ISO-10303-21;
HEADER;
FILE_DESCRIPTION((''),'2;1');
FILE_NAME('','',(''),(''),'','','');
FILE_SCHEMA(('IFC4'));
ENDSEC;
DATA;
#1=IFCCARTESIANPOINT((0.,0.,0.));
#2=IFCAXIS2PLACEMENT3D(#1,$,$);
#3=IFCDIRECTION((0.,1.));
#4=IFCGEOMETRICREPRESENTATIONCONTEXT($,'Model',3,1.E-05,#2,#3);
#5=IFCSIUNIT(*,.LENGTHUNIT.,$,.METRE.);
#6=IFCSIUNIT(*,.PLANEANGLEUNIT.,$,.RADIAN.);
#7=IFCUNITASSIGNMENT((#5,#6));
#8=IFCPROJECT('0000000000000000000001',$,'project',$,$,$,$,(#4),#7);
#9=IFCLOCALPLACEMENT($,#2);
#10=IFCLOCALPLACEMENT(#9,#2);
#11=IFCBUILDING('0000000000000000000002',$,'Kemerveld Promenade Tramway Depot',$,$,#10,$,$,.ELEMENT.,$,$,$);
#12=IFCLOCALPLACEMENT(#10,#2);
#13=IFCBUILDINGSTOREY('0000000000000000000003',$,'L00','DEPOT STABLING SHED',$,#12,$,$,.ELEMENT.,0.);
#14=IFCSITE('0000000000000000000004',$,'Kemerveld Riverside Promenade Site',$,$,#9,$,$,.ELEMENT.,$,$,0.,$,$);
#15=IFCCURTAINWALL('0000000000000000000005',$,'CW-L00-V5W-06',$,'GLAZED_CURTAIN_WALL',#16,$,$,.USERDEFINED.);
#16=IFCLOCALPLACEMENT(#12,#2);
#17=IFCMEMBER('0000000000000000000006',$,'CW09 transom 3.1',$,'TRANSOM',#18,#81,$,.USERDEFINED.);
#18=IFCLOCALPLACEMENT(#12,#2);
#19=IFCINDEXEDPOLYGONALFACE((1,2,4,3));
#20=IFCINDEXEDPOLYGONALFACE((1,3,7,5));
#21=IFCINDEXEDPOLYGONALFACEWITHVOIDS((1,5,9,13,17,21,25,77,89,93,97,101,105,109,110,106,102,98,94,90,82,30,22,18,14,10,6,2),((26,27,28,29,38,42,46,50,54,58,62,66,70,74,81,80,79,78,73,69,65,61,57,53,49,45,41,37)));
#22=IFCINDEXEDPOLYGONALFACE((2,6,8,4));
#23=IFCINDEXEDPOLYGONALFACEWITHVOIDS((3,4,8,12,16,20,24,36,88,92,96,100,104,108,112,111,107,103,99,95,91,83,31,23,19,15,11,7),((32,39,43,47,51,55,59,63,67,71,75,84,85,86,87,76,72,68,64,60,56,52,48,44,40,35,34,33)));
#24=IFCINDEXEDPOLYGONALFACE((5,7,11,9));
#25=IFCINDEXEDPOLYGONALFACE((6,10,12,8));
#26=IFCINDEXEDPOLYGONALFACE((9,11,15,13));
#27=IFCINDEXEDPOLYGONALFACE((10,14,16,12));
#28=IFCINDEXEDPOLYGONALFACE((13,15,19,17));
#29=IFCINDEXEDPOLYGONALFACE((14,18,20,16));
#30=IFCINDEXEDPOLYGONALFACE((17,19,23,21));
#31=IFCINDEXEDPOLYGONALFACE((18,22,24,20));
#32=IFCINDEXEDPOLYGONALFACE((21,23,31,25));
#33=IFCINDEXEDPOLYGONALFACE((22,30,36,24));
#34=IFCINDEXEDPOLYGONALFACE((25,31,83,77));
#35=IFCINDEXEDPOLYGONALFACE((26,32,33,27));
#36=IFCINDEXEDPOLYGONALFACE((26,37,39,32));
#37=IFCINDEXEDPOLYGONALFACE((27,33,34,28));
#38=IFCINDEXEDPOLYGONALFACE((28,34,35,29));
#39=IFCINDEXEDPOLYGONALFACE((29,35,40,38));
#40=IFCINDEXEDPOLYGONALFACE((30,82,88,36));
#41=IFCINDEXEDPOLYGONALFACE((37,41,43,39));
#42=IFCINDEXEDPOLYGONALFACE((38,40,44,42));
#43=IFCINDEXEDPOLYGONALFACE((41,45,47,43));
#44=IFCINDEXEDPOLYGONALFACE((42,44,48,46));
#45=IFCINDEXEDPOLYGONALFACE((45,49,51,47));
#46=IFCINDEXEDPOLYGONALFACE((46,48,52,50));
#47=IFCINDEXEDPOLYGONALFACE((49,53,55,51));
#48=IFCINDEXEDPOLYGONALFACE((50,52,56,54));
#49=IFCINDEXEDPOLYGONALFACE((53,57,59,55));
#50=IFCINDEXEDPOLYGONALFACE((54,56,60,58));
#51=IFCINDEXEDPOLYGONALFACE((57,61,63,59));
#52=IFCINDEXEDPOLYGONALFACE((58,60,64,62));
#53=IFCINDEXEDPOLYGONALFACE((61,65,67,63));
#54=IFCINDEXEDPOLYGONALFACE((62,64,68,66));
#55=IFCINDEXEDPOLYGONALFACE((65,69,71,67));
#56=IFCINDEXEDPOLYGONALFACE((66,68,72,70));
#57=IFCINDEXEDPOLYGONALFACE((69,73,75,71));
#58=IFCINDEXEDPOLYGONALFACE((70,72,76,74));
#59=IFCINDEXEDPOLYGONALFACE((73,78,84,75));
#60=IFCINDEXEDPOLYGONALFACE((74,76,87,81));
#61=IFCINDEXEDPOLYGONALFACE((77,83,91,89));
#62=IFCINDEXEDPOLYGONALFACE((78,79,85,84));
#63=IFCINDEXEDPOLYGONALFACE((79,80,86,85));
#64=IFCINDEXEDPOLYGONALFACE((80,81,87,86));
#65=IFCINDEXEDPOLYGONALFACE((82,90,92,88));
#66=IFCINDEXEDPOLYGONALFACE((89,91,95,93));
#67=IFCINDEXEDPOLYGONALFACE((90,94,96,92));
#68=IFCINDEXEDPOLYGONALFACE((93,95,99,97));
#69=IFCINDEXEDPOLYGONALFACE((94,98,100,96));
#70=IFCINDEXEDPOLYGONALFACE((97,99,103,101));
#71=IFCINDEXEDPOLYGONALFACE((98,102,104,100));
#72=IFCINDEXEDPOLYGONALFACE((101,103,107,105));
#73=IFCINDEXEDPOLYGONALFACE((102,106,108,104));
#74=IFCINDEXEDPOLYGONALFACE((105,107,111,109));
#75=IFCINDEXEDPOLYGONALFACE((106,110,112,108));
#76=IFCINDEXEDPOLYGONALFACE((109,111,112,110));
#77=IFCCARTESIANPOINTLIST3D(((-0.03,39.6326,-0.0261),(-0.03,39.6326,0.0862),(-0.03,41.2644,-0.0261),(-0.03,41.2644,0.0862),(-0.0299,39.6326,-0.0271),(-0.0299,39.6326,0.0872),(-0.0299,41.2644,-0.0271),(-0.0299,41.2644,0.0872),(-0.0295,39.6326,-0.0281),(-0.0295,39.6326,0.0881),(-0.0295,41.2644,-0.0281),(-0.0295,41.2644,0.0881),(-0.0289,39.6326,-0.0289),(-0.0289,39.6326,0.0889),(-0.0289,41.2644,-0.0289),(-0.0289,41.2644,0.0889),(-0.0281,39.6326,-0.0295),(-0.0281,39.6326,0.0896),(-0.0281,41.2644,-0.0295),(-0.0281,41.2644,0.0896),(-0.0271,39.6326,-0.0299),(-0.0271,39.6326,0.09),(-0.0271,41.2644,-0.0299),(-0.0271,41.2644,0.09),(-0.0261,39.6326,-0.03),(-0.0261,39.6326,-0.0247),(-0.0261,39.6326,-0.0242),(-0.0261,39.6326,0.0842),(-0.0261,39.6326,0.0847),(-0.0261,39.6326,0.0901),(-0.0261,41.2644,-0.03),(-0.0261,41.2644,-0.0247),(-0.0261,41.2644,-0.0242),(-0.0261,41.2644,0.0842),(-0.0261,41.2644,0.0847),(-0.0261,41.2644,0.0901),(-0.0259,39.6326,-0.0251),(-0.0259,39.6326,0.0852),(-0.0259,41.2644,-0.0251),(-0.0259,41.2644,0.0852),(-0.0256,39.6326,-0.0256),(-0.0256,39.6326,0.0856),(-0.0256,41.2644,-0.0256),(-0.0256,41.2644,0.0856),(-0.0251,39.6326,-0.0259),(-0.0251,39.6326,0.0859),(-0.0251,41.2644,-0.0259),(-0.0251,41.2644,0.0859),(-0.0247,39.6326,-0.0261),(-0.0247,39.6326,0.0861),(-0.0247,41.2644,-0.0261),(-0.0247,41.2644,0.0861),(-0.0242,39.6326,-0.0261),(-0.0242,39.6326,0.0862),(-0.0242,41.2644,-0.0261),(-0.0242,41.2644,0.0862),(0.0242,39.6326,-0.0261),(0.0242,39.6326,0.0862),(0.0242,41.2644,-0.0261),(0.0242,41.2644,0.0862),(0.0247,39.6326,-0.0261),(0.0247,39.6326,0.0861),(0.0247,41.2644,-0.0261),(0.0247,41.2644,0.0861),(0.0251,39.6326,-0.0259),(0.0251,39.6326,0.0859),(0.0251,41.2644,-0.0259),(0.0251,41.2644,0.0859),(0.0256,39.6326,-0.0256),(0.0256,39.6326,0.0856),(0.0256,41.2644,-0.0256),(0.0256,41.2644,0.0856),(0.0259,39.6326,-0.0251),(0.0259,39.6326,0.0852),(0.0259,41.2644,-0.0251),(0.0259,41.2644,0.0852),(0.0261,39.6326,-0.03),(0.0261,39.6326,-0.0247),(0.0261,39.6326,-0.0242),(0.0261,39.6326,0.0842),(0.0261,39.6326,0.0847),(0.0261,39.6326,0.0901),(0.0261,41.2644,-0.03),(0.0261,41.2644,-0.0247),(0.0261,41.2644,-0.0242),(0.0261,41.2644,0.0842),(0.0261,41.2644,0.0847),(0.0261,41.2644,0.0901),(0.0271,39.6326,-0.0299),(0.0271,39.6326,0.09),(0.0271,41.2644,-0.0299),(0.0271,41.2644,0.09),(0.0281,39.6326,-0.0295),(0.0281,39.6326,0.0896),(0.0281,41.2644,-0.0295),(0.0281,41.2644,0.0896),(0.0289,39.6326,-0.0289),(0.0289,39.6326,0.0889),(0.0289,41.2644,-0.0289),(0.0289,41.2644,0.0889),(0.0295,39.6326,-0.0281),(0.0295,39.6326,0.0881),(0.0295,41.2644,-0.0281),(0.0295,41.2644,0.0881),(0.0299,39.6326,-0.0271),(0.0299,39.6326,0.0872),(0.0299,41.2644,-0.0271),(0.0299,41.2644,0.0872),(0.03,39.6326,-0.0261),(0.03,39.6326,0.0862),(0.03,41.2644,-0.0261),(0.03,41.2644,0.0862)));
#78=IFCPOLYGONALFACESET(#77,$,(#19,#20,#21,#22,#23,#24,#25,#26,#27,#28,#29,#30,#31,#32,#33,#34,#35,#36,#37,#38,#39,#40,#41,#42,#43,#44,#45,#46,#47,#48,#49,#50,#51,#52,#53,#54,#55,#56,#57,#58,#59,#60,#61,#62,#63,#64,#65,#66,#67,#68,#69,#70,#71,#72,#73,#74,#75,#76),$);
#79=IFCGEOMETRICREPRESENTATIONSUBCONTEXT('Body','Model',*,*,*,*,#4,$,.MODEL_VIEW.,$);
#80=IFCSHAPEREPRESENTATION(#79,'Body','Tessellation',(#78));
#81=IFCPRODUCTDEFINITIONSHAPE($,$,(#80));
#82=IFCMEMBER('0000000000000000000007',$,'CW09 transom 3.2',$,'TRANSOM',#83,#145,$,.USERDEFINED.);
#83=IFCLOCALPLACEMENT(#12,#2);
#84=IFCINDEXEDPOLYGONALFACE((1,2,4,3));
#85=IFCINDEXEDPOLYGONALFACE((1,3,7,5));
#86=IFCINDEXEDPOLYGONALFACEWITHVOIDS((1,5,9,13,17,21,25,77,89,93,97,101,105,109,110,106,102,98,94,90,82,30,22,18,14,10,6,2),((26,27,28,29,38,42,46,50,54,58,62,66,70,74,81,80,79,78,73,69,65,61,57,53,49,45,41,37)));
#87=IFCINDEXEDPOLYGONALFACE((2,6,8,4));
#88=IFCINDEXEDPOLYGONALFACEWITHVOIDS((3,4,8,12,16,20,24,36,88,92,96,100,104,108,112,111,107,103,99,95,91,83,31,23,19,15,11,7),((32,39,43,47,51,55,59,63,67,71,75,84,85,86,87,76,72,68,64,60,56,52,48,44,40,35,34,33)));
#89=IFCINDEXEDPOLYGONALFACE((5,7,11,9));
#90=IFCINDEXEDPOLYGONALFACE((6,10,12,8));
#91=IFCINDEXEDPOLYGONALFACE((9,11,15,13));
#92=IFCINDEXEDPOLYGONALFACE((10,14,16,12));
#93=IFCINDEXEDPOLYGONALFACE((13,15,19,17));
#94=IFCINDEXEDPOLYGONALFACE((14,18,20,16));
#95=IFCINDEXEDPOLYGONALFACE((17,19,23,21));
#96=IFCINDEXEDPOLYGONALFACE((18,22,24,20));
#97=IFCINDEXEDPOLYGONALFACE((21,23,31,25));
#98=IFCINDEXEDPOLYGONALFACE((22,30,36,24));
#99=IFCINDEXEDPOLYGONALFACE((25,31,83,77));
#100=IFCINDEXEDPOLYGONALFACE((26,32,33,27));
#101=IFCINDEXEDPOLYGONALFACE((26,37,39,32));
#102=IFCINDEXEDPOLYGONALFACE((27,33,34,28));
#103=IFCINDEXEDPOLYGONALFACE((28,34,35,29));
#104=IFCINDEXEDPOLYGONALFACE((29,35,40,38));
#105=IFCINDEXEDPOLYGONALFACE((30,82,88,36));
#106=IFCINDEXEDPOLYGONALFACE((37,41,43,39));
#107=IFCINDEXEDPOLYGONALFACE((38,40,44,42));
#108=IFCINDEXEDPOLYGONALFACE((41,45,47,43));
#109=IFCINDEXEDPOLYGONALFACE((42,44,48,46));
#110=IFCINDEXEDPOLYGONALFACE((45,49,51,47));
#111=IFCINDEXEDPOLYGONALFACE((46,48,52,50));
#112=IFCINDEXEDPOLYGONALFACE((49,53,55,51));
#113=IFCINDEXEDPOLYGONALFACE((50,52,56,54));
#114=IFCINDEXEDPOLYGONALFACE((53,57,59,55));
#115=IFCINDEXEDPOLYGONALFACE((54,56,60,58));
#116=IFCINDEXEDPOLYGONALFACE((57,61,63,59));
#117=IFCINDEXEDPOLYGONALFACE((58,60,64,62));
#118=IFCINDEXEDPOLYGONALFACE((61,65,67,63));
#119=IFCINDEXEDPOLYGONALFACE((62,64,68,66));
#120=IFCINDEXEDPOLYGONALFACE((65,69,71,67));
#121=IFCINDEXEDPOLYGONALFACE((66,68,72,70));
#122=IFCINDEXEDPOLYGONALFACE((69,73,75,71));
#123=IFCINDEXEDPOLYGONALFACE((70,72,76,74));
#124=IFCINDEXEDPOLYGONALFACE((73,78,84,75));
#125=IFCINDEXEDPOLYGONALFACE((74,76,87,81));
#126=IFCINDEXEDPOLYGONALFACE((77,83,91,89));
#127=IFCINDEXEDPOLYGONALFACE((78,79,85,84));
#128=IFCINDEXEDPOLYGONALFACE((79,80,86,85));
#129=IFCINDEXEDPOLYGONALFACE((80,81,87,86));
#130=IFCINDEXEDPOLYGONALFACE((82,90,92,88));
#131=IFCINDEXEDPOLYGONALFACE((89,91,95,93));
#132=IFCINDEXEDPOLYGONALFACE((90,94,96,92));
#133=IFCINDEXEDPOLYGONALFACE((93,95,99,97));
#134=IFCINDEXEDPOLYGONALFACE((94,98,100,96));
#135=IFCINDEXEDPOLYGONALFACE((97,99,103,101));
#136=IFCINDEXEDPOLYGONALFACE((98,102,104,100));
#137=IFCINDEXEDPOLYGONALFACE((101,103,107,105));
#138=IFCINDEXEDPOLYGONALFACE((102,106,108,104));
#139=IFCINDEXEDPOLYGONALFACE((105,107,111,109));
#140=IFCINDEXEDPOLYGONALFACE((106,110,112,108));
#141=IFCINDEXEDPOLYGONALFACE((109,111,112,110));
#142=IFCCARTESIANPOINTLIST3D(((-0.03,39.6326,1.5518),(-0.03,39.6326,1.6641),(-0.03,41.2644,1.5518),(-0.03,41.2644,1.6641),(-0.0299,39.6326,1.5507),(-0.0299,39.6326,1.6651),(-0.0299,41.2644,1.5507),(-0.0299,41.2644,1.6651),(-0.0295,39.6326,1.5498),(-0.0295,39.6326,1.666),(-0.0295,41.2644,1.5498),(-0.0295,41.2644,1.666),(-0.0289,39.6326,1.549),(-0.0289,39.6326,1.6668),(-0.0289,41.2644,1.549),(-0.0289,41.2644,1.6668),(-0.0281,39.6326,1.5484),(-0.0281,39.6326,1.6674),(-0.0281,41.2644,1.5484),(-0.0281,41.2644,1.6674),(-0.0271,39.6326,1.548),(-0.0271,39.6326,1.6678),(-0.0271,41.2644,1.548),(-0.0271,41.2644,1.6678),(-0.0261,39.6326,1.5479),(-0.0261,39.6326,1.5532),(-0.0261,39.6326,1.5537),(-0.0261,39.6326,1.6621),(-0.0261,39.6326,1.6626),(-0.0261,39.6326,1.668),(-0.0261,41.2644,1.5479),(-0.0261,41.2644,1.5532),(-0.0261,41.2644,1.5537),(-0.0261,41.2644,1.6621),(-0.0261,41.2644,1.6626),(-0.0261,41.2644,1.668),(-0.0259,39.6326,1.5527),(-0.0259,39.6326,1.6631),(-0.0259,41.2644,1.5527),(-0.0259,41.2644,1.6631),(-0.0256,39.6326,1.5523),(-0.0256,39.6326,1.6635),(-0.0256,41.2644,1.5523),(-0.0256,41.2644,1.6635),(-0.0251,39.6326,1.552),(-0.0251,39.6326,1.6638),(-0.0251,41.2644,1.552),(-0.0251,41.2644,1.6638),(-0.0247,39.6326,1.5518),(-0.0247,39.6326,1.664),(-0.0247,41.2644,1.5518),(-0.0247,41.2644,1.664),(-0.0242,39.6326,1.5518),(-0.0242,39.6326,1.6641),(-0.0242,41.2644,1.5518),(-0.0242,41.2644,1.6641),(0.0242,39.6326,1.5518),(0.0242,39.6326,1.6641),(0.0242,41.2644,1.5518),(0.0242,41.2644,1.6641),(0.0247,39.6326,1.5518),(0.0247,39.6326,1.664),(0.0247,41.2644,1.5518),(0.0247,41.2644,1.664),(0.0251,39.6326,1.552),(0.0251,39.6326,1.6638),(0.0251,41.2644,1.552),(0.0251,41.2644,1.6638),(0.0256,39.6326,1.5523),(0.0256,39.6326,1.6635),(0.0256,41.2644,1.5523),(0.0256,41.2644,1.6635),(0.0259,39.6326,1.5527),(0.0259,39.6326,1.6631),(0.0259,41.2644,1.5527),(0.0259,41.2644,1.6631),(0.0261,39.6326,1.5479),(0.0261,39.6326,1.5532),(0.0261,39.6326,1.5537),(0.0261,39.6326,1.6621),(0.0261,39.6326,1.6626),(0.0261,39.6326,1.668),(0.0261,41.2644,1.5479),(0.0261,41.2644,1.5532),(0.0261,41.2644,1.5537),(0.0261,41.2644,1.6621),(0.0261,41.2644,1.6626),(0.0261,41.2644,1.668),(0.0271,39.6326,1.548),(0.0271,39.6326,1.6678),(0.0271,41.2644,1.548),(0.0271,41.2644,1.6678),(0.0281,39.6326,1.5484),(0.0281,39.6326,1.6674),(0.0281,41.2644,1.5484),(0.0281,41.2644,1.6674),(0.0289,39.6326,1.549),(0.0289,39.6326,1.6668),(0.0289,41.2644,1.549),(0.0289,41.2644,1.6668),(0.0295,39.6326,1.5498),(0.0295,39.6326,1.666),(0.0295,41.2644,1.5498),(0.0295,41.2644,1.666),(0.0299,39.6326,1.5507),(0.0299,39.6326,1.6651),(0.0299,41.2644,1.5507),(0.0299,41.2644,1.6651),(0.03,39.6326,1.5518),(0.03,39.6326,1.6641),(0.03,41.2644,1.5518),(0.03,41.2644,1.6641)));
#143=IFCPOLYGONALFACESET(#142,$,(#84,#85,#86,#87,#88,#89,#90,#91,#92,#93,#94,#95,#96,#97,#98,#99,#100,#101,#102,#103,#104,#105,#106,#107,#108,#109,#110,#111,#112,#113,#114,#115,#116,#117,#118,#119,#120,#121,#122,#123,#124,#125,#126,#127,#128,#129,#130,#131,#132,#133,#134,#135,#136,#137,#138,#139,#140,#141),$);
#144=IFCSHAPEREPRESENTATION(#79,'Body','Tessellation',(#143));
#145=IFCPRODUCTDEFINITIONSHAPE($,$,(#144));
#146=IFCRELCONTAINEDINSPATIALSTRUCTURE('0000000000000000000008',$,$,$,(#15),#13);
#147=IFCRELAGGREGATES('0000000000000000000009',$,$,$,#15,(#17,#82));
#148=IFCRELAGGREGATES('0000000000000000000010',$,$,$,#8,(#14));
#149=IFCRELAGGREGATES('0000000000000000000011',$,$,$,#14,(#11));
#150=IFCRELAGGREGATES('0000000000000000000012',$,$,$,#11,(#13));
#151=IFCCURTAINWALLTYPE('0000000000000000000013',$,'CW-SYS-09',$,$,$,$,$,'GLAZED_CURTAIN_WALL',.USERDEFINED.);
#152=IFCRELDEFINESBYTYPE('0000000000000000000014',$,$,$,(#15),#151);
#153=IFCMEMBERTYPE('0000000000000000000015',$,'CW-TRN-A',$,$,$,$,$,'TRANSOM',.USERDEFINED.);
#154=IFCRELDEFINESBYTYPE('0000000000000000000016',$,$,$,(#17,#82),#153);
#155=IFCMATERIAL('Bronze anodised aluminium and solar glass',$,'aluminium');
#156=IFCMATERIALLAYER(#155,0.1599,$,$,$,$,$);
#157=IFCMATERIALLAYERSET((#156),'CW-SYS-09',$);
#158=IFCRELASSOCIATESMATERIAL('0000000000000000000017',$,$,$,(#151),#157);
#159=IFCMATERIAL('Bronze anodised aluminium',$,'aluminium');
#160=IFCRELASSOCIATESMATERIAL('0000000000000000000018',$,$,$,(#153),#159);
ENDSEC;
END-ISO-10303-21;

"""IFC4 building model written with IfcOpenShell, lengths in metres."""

from ifc_helpers import new_model, si_unit, direction, frame, origin, origin_2d, place, context, subcontext, project, spatial, hollow_rectangle, extrude, material, layer, layer_set, material_profile, profile_set, type_object, element, aggregate, save


model = new_model("IFC4")

# Units and contexts
model_context = context("Model", 3, precision=1e-05, world=origin(), true_north=direction((0.0, 1.0)))
body_context = subcontext(model_context, "Body", "Model", "MODEL_VIEW")
ifc_project = project(units=[si_unit("LENGTHUNIT", "METRE"), si_unit("PLANEANGLEUNIT", "RADIAN")], contexts=[model_context])

# Site, building, storey
site_placement = place(None, origin())
site = spatial("IfcSite", under=ifc_project, at=site_placement, Name="Kemerveld Riverside Promenade Site", CompositionType="ELEMENT", RefElevation=0.0)
building_placement = place(site_placement, origin())
building = spatial("IfcBuilding", under=site, at=building_placement, Name="Kemerveld Promenade Tramway Depot", CompositionType="ELEMENT")
storey_placement = place(building_placement, origin())
storey = spatial("IfcBuildingStorey", under=building, at=storey_placement, Name="L00", Description="DEPOT STABLING SHED", CompositionType="ELEMENT", Elevation=0.0)

# Curtain wall, members
ifc_material_1 = material(Name="Bronze anodised aluminium and solar glass", Category="aluminium")
ifc_layer_1 = layer(ifc_material_1, 0.1599)
ifc_layer_set_1 = layer_set([ifc_layer_1], Name="CW-SYS-09")
curtain_wall_type = type_object("IfcCurtainWallType", Name="CW-SYS-09", ElementType="GLAZED_CURTAIN_WALL", PredefinedType="USERDEFINED", material=ifc_layer_set_1)
curtain_wall_placement = place(storey_placement, origin())
curtain_wall = element("IfcCurtainWall", 1, at=curtain_wall_placement, inside=storey, type_object=curtain_wall_type, Name="CW-L00-V5W-06", ObjectType="GLAZED_CURTAIN_WALL", PredefinedType="USERDEFINED")
ifc_material_2 = material(Name="Bronze anodised aluminium", Category="aluminium")
ifc_material_profile_1 = material_profile(ifc_material_2, hollow_rectangle(XDim=0.0601, YDim=0.1201, WallThickness=0.0039, InnerFilletRadius=0.002, OuterFilletRadius=0.0039, at=origin_2d()), Name="CW-TRN-120x60")
ifc_profile_set_1 = profile_set([ifc_material_profile_1], Name="Bronze anodised aluminium")
member_type_1 = type_object("IfcMemberType", Name="CW-TRN-A", ElementType="TRANSOM", PredefinedType="USERDEFINED", material=ifc_profile_set_1)
member_1_placement = place(storey_placement, frame((0.0, 39.6326, 0.03), z_axis=(0.0, 1.0, 0.0), x_axis=(-1.0, 0.0, 0.0)))
member_1 = element("IfcMember", 2, at=member_1_placement, type_object=member_type_1, Name="CW09 transom 3.1", ObjectType="TRANSOM", PredefinedType="USERDEFINED", context=body_context, shape_type="SweptSolid", body=[
    extrude(hollow_rectangle(XDim=0.0601, YDim=0.1201, WallThickness=0.0039, InnerFilletRadius=0.002, OuterFilletRadius=0.0039, at=origin_2d()), origin(), (0.0, 0.0, 1.0), 1.6318),
])
member_2_placement = place(storey_placement, frame((0.0, 39.6326, 1.6079), z_axis=(0.0, 1.0, 0.0), x_axis=(-1.0, 0.0, 0.0)))
member_2 = element("IfcMember", 3, at=member_2_placement, type_object=member_type_1, Name="CW09 transom 3.2", ObjectType="TRANSOM", PredefinedType="USERDEFINED", context=body_context, shape_type="SweptSolid", body=[
    extrude(hollow_rectangle(XDim=0.0601, YDim=0.1201, WallThickness=0.0039, InnerFilletRadius=0.002, OuterFilletRadius=0.0039, at=origin_2d()), origin(), (0.0, 0.0, 1.0), 1.6318),
])
aggregate(curtain_wall, [member_1, member_2])

save(model, "model.ifc")
